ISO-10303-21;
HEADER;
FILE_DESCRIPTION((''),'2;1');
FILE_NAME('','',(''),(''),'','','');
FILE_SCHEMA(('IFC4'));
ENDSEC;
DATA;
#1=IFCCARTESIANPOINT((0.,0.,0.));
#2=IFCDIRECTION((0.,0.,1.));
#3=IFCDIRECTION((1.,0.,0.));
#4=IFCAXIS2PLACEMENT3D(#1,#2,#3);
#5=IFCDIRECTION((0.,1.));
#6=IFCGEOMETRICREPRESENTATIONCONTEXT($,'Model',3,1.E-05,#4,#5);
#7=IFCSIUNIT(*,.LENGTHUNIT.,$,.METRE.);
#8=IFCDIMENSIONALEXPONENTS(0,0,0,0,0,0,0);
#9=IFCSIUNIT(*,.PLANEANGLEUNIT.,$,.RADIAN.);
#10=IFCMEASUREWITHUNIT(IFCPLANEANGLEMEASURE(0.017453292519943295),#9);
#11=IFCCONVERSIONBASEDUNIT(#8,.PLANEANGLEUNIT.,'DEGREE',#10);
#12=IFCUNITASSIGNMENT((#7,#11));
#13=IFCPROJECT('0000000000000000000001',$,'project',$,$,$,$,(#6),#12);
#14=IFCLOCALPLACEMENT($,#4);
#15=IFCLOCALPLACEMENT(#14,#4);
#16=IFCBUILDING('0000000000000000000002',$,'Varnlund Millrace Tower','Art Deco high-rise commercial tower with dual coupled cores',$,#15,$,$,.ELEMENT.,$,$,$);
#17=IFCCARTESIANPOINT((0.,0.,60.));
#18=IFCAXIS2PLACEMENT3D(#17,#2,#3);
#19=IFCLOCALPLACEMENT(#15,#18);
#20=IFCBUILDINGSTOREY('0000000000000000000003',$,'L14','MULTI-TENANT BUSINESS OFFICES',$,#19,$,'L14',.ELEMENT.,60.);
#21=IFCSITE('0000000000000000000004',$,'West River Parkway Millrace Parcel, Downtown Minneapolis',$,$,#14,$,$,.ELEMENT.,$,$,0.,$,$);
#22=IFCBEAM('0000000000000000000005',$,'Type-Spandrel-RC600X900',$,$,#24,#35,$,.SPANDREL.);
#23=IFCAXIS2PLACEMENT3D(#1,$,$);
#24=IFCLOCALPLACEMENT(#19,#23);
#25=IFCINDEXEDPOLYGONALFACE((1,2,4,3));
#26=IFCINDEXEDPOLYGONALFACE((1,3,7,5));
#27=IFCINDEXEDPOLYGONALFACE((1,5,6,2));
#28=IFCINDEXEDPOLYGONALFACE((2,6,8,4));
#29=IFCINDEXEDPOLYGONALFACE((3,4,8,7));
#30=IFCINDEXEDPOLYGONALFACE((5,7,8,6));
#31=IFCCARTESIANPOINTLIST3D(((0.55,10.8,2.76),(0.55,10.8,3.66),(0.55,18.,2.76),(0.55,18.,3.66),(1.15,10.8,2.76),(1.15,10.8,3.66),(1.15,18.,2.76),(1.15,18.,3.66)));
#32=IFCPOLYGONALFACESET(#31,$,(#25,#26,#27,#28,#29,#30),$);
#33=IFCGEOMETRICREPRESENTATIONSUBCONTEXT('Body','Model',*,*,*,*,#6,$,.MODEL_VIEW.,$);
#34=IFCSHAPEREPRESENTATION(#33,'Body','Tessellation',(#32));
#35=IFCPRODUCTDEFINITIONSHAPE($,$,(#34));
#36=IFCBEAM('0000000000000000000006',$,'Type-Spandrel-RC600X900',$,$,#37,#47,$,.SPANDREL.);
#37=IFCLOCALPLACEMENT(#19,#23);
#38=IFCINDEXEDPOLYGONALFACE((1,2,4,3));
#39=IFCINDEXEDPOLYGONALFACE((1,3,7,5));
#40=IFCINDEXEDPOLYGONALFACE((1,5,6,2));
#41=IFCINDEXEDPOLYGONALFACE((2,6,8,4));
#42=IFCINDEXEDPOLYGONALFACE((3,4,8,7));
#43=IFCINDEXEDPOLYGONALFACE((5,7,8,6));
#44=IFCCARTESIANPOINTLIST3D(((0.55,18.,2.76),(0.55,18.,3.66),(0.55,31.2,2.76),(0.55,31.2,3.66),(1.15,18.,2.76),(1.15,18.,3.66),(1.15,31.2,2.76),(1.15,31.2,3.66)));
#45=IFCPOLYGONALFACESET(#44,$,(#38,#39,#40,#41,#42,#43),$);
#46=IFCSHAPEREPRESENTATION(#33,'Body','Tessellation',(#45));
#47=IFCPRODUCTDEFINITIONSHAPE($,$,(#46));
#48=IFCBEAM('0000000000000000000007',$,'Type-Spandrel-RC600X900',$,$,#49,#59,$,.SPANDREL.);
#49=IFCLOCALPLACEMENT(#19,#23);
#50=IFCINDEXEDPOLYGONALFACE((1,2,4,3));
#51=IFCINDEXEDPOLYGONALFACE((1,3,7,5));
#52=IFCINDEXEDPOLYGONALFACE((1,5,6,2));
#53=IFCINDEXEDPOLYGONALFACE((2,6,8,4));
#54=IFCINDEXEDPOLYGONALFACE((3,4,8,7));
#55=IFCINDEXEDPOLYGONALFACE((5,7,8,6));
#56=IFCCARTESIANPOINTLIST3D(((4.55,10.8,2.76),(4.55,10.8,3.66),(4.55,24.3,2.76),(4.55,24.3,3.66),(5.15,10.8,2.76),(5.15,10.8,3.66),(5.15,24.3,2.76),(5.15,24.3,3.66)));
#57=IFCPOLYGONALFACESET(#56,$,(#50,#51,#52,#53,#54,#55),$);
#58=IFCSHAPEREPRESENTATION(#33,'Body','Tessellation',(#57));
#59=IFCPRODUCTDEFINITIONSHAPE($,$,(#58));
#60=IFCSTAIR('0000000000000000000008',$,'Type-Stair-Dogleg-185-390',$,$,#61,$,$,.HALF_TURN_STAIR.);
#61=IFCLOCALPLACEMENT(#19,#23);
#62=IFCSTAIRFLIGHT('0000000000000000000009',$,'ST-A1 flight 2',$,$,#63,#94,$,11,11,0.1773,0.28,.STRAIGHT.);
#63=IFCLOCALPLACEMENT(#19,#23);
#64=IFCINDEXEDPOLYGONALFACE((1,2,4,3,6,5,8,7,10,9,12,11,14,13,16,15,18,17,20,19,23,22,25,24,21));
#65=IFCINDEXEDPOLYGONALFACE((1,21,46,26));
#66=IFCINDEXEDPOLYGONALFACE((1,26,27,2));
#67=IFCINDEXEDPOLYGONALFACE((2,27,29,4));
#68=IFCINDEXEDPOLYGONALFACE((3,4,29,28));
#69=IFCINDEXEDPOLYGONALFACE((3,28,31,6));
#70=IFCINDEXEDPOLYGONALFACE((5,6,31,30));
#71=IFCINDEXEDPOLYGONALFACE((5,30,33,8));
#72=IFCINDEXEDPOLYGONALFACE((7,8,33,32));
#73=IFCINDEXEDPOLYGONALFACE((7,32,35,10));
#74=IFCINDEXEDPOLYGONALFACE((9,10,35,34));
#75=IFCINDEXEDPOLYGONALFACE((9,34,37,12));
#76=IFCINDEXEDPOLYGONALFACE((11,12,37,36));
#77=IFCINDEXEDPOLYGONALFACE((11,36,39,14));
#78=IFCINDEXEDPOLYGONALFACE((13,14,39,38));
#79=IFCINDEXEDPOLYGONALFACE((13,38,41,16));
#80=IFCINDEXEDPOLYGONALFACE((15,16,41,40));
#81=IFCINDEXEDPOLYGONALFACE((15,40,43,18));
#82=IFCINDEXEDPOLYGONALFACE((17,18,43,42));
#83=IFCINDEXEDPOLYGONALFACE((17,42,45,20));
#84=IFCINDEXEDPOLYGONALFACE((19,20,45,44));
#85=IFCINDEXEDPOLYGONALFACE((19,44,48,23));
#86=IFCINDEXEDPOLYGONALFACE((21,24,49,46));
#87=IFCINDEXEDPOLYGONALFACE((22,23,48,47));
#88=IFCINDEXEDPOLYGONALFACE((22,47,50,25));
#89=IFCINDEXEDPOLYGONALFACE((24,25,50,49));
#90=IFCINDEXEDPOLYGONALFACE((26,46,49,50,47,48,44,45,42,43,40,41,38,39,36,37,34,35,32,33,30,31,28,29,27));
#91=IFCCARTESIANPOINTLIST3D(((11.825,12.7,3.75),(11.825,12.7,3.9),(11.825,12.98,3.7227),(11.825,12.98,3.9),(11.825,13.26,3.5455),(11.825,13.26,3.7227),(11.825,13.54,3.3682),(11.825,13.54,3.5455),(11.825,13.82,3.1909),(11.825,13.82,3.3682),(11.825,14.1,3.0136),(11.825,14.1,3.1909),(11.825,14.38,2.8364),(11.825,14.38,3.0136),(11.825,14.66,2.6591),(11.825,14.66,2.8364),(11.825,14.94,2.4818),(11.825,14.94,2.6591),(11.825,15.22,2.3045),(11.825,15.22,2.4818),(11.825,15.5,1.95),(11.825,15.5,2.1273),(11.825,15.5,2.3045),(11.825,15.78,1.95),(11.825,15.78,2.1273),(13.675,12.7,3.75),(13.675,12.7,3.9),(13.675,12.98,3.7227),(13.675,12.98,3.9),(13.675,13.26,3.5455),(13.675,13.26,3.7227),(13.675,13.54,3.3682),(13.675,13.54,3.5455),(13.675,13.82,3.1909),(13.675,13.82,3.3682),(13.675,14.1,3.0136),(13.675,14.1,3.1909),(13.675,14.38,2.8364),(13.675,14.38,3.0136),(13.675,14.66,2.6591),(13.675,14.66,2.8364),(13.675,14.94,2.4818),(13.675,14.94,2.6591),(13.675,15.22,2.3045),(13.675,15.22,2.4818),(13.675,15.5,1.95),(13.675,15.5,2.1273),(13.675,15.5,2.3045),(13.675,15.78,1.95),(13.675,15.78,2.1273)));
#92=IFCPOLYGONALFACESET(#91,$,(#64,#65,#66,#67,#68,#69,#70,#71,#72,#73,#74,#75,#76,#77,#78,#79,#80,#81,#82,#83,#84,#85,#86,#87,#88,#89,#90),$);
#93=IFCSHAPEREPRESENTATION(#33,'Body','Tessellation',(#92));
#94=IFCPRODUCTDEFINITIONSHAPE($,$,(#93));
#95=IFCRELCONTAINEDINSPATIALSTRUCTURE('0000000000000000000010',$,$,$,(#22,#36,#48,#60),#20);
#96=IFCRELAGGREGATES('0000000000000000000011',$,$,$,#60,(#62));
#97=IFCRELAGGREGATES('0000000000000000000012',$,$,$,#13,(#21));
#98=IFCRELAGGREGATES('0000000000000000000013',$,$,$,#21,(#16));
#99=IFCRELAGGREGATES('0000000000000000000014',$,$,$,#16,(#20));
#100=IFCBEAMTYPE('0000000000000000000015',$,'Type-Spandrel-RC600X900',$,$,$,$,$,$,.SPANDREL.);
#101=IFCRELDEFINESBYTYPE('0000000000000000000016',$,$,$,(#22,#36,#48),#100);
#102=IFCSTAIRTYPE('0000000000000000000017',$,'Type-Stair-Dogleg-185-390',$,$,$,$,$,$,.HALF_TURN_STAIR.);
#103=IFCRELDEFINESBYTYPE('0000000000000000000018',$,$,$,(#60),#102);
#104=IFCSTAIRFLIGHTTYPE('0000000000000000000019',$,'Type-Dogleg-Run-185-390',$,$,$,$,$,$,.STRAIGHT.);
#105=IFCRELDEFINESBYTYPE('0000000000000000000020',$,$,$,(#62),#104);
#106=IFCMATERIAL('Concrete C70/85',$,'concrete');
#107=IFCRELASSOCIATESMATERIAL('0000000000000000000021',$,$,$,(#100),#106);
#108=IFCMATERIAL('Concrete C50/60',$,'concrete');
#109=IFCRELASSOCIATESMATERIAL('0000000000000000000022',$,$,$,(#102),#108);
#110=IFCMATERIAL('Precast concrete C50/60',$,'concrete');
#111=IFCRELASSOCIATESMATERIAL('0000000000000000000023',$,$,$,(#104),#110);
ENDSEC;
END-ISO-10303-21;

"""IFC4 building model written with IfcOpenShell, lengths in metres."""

from ifc_helpers import new_model, entity, si_unit, converted_unit, direction, frame, origin_with_axes, origin_2d_with_axis, place, context, subcontext, project, spatial, polyline, rectangle, outline, extrude, material, material_profile, profile_set, type_object, element, aggregate, save


model = new_model("IFC4")

# Units and contexts
model_context = context("Model", 3, precision=1e-05, world=origin_with_axes(), true_north=direction((0.0, 1.0)))
body_context = subcontext(model_context, "Body", "Model", "MODEL_VIEW")
ifc_project = project(units=[si_unit("LENGTHUNIT", "METRE"), converted_unit("PLANEANGLEUNIT", "DEGREE", entity("IfcPlaneAngleMeasure", 0.017453292519943295), si_unit("PLANEANGLEUNIT", "RADIAN"), dimensions=[0, 0, 0, 0, 0, 0, 0])], contexts=[model_context])

# Site, building, storey
site_placement = place(None, origin_with_axes())
site = spatial("IfcSite", under=ifc_project, at=site_placement, Name="West River Parkway Millrace Parcel, Downtown Minneapolis", CompositionType="ELEMENT", RefElevation=0.0)
building_placement = place(site_placement, origin_with_axes())
building = spatial("IfcBuilding", under=site, at=building_placement, Name="Varnlund Millrace Tower", Description="Art Deco high-rise commercial tower with dual coupled cores", CompositionType="ELEMENT")
storey_placement = place(building_placement, frame((0.0, 0.0, 60.0), z_axis=(0.0, 0.0, 1.0), x_axis=(1.0, 0.0, 0.0)))
storey = spatial("IfcBuildingStorey", under=building, at=storey_placement, Name="L14", Description="MULTI-TENANT BUSINESS OFFICES", LongName="L14", CompositionType="ELEMENT", Elevation=60.0)

# Beams
ifc_material_1 = material(Name="Concrete C70/85", Category="concrete")
ifc_material_profile_1 = material_profile(ifc_material_1, rectangle(XDim=0.6, YDim=0.9, at=origin_2d_with_axis()), Name="Concrete C70/85")
ifc_profile_set_1 = profile_set([ifc_material_profile_1], Name="Concrete C70/85")
beam_type_1 = type_object("IfcBeamType", Name="Type-Spandrel-RC600X900", PredefinedType="SPANDREL", material=ifc_profile_set_1)
beam_1_placement = place(storey_placement, frame((0.85, 10.8, 3.21), z_axis=(0.0, 1.0, 0.0), x_axis=(-1.0, 0.0, 0.0)))
element("IfcBeam", 1, at=beam_1_placement, inside=storey, type_object=beam_type_1, Name="Type-Spandrel-RC600X900", PredefinedType="SPANDREL", context=body_context, shape_type="SweptSolid", body=[
    extrude(rectangle(XDim=0.6, YDim=0.9, at=origin_2d_with_axis()), origin_with_axes(), (0.0, 0.0, 1.0), 7.2),
])
beam_2_placement = place(storey_placement, frame((0.85, 18.0, 3.21), z_axis=(0.0, 1.0, 0.0), x_axis=(-1.0, 0.0, 0.0)))
element("IfcBeam", 2, at=beam_2_placement, inside=storey, type_object=beam_type_1, Name="Type-Spandrel-RC600X900", PredefinedType="SPANDREL", context=body_context, shape_type="SweptSolid", body=[
    extrude(rectangle(XDim=0.6, YDim=0.9, at=origin_2d_with_axis()), origin_with_axes(), (0.0, 0.0, 1.0), 13.2),
])
beam_3_placement = place(storey_placement, frame((4.85, 10.8, 3.21), z_axis=(0.0, 1.0, 0.0), x_axis=(-1.0, 0.0, 0.0)))
element("IfcBeam", 3, at=beam_3_placement, inside=storey, type_object=beam_type_1, Name="Type-Spandrel-RC600X900", PredefinedType="SPANDREL", context=body_context, shape_type="SweptSolid", body=[
    extrude(rectangle(XDim=0.6, YDim=0.9, at=origin_2d_with_axis()), origin_with_axes(), (0.0, 0.0, 1.0), 13.5),
])

# Stair, stair flight
ifc_material_2 = material(Name="Concrete C50/60", Category="concrete")
stair_type = type_object("IfcStairType", Name="Type-Stair-Dogleg-185-390", PredefinedType="HALF_TURN_STAIR", material=ifc_material_2)
stair_placement = place(storey_placement, origin_with_axes())
stair = element("IfcStair", 4, at=stair_placement, inside=storey, type_object=stair_type, Name="Type-Stair-Dogleg-185-390", PredefinedType="HALF_TURN_STAIR")
ifc_material_3 = material(Name="Precast concrete C50/60", Category="concrete")
stair_flight_type = type_object("IfcStairFlightType", Name="Type-Dogleg-Run-185-390", PredefinedType="STRAIGHT", material=ifc_material_3)
stair_flight_placement = place(storey_placement, frame((13.675, 15.78, 1.95), z_axis=(-1.0, 0.0, 0.0), x_axis=(0.0, -1.0, 0.0)))
stair_flight = element("IfcStairFlight", 5, at=stair_flight_placement, type_object=stair_flight_type, Name="ST-A1 flight 2", NumberOfRisers=11, NumberOfTreads=11, PredefinedType="STRAIGHT", RiserHeight=0.1773, TreadLength=0.28, context=body_context, shape_type="SweptSolid", body=[
    extrude(outline(polyline([(0.0, 0.0), (0.0, 0.1773), (0.28, 0.1773), (0.28, 0.3545), (0.56, 0.3545), (0.56, 0.5318), (0.84, 0.5318), (0.84, 0.7091), (1.12, 0.7091), (1.12, 0.8864), (1.4, 0.8864), (1.4, 1.0636), (1.68, 1.0636), (1.68, 1.2409), (1.96, 1.2409), (1.96, 1.4182), (2.24, 1.4182), (2.24, 1.5955), (2.52, 1.5955), (2.52, 1.7727), (2.8, 1.7727), (2.8, 1.95), (3.08, 1.95), (3.08, 1.8), (0.28, 0.0), (0.0, 0.0)])), origin_with_axes(), (0.0, 0.0, 1.0), 1.85),
])
aggregate(stair, [stair_flight])

save(model, "model.ifc")
